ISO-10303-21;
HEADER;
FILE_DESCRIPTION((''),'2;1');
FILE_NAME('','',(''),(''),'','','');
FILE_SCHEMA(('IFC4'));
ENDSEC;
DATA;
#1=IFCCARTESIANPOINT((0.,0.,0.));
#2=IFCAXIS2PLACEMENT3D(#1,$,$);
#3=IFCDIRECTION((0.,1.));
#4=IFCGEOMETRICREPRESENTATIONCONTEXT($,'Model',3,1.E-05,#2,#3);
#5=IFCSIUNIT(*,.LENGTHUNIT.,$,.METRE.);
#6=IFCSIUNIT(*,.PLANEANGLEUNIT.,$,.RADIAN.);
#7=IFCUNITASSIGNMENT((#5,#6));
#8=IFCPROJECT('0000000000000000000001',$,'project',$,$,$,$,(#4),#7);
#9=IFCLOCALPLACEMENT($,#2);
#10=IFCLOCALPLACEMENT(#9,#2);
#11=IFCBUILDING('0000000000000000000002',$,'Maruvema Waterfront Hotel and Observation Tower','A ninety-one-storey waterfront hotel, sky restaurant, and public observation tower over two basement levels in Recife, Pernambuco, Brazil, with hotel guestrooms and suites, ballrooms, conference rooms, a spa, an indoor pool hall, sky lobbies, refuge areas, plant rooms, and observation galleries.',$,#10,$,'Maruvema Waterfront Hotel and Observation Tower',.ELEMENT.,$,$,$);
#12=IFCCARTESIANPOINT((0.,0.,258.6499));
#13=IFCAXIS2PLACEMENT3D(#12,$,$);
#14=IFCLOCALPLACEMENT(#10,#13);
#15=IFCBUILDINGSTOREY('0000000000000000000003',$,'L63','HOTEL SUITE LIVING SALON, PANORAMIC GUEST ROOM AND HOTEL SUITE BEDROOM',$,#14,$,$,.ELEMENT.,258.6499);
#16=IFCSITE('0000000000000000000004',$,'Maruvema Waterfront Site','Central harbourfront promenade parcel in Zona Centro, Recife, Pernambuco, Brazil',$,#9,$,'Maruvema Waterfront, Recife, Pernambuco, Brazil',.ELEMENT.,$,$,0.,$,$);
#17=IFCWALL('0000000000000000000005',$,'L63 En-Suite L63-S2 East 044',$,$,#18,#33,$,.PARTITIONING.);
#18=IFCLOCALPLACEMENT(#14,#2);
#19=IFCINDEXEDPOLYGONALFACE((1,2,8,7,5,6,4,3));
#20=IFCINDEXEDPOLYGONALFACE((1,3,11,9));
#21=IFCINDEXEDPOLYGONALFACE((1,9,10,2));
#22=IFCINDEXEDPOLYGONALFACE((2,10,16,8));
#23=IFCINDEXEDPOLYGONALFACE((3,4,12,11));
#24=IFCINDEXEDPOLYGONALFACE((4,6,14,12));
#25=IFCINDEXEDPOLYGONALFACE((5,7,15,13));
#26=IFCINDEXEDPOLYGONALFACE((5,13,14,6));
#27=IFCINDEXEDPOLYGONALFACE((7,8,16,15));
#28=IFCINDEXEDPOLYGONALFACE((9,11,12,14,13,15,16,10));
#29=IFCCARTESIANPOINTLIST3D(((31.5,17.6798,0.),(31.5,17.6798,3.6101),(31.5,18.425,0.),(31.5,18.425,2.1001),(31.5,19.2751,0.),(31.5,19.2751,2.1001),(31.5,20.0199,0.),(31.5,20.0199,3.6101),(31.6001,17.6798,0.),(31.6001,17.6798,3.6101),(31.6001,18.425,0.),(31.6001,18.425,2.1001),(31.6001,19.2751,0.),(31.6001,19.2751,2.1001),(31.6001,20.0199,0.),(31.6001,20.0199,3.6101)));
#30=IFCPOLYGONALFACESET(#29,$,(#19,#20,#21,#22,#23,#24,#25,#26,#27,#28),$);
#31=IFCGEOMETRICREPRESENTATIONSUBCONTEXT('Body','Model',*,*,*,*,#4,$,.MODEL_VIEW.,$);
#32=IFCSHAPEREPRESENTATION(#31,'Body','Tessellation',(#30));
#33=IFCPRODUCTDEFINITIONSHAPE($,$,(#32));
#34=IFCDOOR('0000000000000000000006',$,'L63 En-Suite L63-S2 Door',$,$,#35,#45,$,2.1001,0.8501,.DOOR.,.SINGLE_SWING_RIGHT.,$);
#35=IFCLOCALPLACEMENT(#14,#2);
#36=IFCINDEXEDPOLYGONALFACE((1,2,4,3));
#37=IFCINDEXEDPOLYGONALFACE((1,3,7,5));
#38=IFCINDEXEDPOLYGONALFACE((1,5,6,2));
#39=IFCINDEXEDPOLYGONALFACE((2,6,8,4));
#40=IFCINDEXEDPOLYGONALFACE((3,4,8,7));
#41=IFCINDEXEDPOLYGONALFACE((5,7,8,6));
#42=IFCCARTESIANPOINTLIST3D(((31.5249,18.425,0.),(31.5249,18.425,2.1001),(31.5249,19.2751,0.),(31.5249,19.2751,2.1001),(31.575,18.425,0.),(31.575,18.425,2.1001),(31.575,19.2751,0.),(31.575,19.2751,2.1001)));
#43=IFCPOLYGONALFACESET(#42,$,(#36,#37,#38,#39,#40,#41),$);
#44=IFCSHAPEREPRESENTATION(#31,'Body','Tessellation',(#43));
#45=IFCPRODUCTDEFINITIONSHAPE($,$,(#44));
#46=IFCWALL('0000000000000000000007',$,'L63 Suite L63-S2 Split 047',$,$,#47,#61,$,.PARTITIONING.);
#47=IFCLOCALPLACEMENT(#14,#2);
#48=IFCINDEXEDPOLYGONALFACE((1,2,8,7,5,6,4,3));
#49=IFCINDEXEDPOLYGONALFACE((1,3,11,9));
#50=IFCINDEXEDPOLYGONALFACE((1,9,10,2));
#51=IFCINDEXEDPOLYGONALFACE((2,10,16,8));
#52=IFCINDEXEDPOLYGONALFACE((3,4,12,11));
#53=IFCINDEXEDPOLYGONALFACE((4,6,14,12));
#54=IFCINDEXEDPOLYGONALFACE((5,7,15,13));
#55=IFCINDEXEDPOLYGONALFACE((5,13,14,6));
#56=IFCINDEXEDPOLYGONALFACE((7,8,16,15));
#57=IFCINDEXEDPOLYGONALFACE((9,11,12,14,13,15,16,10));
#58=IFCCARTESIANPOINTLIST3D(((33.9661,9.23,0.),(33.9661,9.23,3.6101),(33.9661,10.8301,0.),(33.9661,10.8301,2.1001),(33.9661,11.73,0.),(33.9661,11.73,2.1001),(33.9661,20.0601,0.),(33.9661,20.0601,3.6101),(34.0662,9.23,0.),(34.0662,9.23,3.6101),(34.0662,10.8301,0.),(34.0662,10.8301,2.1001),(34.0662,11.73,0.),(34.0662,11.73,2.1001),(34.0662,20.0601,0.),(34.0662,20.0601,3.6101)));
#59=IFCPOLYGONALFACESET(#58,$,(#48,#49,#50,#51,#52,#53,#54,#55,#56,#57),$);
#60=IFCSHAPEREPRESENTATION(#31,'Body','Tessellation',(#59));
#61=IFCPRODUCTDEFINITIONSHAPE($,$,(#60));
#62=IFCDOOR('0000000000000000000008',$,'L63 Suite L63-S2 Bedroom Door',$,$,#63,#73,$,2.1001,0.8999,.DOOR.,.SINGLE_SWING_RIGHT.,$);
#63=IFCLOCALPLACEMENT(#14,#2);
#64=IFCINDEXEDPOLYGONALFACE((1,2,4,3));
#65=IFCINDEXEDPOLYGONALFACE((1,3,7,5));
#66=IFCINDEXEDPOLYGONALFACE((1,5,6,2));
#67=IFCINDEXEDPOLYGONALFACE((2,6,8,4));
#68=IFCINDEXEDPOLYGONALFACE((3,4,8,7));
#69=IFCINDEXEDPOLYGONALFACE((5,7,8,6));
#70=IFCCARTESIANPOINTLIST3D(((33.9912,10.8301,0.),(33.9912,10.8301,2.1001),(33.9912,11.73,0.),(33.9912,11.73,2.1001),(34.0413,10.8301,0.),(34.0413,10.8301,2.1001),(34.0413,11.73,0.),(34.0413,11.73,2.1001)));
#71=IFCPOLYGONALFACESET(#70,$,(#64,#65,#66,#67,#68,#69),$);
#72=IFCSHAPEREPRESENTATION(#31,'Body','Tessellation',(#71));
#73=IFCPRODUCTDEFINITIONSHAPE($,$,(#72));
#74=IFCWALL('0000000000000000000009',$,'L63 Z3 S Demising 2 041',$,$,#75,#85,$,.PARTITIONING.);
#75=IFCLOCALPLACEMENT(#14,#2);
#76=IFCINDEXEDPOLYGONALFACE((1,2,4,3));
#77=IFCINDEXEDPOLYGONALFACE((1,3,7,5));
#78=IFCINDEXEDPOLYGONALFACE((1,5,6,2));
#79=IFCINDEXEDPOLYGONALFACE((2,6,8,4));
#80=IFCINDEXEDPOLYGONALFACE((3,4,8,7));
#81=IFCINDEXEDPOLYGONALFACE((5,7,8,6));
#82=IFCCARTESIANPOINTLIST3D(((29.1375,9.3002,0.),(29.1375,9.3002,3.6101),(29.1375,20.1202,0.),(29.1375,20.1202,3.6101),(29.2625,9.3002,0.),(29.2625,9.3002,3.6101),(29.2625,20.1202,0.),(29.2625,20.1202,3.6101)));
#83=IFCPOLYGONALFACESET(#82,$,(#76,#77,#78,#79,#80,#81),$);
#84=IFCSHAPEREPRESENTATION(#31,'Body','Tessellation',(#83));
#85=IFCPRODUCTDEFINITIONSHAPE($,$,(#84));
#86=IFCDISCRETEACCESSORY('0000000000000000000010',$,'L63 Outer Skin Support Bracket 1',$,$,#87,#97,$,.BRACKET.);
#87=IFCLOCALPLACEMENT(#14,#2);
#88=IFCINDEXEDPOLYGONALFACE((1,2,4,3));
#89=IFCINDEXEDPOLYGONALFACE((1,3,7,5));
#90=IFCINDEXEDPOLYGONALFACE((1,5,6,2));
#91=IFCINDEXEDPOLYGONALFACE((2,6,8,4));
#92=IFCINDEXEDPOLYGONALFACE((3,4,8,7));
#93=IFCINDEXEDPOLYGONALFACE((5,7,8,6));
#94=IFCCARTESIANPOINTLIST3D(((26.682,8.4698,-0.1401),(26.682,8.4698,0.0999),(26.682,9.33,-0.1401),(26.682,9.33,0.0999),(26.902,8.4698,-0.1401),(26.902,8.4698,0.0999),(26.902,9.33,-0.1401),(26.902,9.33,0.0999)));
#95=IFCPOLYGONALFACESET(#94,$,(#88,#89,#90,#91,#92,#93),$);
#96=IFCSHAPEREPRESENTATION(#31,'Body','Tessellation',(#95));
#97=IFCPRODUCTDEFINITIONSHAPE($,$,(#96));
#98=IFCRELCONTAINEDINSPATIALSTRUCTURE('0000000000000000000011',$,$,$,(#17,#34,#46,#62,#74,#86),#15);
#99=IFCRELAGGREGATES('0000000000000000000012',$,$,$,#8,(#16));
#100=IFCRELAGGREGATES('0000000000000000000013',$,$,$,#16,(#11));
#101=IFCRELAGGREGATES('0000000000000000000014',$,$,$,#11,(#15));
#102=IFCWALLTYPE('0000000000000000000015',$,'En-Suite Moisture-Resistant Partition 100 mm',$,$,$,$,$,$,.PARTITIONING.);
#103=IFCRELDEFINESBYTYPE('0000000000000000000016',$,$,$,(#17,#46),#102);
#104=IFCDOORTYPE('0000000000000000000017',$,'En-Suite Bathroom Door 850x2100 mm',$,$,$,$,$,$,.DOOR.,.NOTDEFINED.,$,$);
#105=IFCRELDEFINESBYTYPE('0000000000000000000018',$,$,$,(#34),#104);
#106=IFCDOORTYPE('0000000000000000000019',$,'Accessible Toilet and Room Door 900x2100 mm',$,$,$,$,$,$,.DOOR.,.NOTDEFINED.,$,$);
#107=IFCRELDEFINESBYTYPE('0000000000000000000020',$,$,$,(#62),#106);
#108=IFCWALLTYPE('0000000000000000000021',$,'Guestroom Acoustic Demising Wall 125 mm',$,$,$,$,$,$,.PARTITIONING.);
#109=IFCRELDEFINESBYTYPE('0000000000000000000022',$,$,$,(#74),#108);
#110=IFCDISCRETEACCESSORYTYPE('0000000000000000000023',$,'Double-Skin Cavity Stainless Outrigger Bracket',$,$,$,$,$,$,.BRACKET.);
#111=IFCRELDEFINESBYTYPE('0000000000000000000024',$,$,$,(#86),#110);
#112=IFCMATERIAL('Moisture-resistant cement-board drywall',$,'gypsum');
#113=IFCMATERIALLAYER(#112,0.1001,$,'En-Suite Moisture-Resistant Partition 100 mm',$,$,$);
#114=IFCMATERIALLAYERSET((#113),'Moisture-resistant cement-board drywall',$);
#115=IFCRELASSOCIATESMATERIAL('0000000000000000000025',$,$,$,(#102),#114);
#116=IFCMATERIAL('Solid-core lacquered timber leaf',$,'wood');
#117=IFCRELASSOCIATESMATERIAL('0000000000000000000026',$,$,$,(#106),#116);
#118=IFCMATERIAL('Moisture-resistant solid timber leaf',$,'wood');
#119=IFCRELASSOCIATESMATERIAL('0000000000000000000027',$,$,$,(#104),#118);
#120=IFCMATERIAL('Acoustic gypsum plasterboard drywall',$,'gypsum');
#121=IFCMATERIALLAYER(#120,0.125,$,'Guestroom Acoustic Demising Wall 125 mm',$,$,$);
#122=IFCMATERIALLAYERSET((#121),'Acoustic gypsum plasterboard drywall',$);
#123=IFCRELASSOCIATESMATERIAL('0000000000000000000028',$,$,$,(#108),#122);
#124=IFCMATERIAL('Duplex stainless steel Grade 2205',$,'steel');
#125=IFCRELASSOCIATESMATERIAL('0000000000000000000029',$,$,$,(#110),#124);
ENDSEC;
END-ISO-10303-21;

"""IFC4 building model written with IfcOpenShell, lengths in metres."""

from ifc_helpers import new_model, si_unit, direction, frame, frame_2d, origin, origin_2d, place, context, subcontext, project, spatial, rectangle, extrude, material, layer, layer_set, type_object, element, fill, save


model = new_model("IFC4")

# Units and contexts
model_context = context("Model", 3, precision=1e-05, world=origin(), true_north=direction((0.0, 1.0)))
body_context = subcontext(model_context, "Body", "Model", "MODEL_VIEW")
ifc_project = project(units=[si_unit("LENGTHUNIT", "METRE"), si_unit("PLANEANGLEUNIT", "RADIAN")], contexts=[model_context])

# Site, building, storey
site_placement = place(None, origin())
site = spatial("IfcSite", under=ifc_project, at=site_placement, Name="Maruvema Waterfront Site", Description="Central harbourfront promenade parcel in Zona Centro, Recife, Pernambuco, Brazil", LongName="Maruvema Waterfront, Recife, Pernambuco, Brazil", CompositionType="ELEMENT", RefElevation=0.0)
building_placement = place(site_placement, origin())
building = spatial("IfcBuilding", under=site, at=building_placement, Name="Maruvema Waterfront Hotel and Observation Tower", Description="A ninety-one-storey waterfront hotel, sky restaurant, and public observation tower over two basement levels in Recife, Pernambuco, Brazil, with hotel guestrooms and suites, ballrooms, conference rooms, a spa, an indoor pool hall, sky lobbies, refuge areas, plant rooms, and observation galleries.", LongName="Maruvema Waterfront Hotel and Observation Tower", CompositionType="ELEMENT")
storey_placement = place(building_placement, frame((0.0, 0.0, 258.6499)))
storey = spatial("IfcBuildingStorey", under=building, at=storey_placement, Name="L63", Description="HOTEL SUITE LIVING SALON, PANORAMIC GUEST ROOM AND HOTEL SUITE BEDROOM", CompositionType="ELEMENT", Elevation=258.6499)

# Shared definitions
ifc_material_1 = material(Name="Moisture-resistant cement-board drywall", Category="gypsum")
ifc_layer_1 = layer(ifc_material_1, 0.1001, Name="En-Suite Moisture-Resistant Partition 100 mm")
ifc_layer_set_1 = layer_set([ifc_layer_1], Name="Moisture-resistant cement-board drywall")
wall_type_1 = type_object("IfcWallType", Name="En-Suite Moisture-Resistant Partition 100 mm", PredefinedType="PARTITIONING", material=ifc_layer_set_1)
ifc_material_2 = material(Name="Solid-core lacquered timber leaf", Category="wood")
door_type_1 = type_object("IfcDoorType", Name="Accessible Toilet and Room Door 900x2100 mm", OperationType="NOTDEFINED", PredefinedType="DOOR", material=ifc_material_2)

# Walls, openings, doors
wall_1_placement = place(storey_placement, frame((31.55, 17.6799, 0.0), z_axis=(0.0, 0.0, 1.0), x_axis=(0.0, 1.0, 0.0)))
wall_1 = element("IfcWall", 1, at=wall_1_placement, inside=storey, type_object=wall_type_1, Name="L63 En-Suite L63-S2 East 044", PredefinedType="PARTITIONING", context=body_context, shape_type="SweptSolid", body=[
    extrude(rectangle(XDim=2.3401, YDim=0.1001, at=frame_2d((1.1699, 0.0))), origin(), (0.0, 0.0, 1.0), 3.6101),
])
opening_1_placement = place(wall_1_placement, frame((0.7451, 0.0, 0.0)))
opening_1 = element("IfcOpeningElement", 2, at=opening_1_placement, cuts=wall_1, PredefinedType="OPENING", context=body_context, shape_type="SweptSolid", body=[
    extrude(rectangle(XDim=0.8501, YDim=2.1001, at=frame_2d((0.425, 1.05))), frame((0.0, 0.0601, 0.0), z_axis=(0.0, -1.0, 0.0), x_axis=(1.0, 0.0, 0.0)), (0.0, 0.0, 1.0), 0.1201),
])
ifc_material_3 = material(Name="Moisture-resistant solid timber leaf", Category="wood")
door_type_2 = type_object("IfcDoorType", Name="En-Suite Bathroom Door 850x2100 mm", OperationType="NOTDEFINED", PredefinedType="DOOR", material=ifc_material_3)
door_1_placement = place(opening_1_placement, frame((0.8501, 0.0, 0.0), z_axis=(0.0, 0.0, 1.0), x_axis=(-1.0, 0.0, 0.0)))
door_1 = element("IfcDoor", 3, at=door_1_placement, inside=storey, type_object=door_type_2, Name="L63 En-Suite L63-S2 Door", OperationType="SINGLE_SWING_RIGHT", OverallHeight=2.1001, OverallWidth=0.8501, PredefinedType="DOOR", context=body_context, shape_type="SweptSolid", body=[
    extrude(rectangle(XDim=0.8501, YDim=2.1001, at=frame_2d((0.425, 1.05))), frame((0.0, 0.0249, 0.0), z_axis=(0.0, -1.0, 0.0), x_axis=(1.0, 0.0, 0.0)), (0.0, 0.0, 1.0), 0.05),
])
fill(opening_1, door_1)
wall_2_placement = place(storey_placement, frame((34.0161, 9.23, 0.0), z_axis=(0.0, 0.0, 1.0), x_axis=(0.0, 1.0, 0.0)))
wall_2 = element("IfcWall", 4, at=wall_2_placement, inside=storey, type_object=wall_type_1, Name="L63 Suite L63-S2 Split 047", PredefinedType="PARTITIONING", context=body_context, shape_type="SweptSolid", body=[
    extrude(rectangle(XDim=10.8301, YDim=0.1001, at=frame_2d((5.415, 0.0))), origin(), (0.0, 0.0, 1.0), 3.6101),
])
opening_2_placement = place(wall_2_placement, frame((1.6001, 0.0, 0.0)))
opening_2 = element("IfcOpeningElement", 5, at=opening_2_placement, cuts=wall_2, PredefinedType="OPENING", context=body_context, shape_type="SweptSolid", body=[
    extrude(rectangle(XDim=0.8999, YDim=2.1001, at=frame_2d((0.45, 1.05))), frame((0.0, 0.0601, 0.0), z_axis=(0.0, -1.0, 0.0), x_axis=(1.0, 0.0, 0.0)), (0.0, 0.0, 1.0), 0.1201),
])
door_2_placement = place(opening_2_placement, origin())
door_2 = element("IfcDoor", 6, at=door_2_placement, inside=storey, type_object=door_type_1, Name="L63 Suite L63-S2 Bedroom Door", OperationType="SINGLE_SWING_RIGHT", OverallHeight=2.1001, OverallWidth=0.8999, PredefinedType="DOOR", context=body_context, shape_type="SweptSolid", body=[
    extrude(rectangle(XDim=0.8999, YDim=2.1001, at=frame_2d((0.45, 1.05))), frame((0.0, 0.0249, 0.0), z_axis=(0.0, -1.0, 0.0), x_axis=(1.0, 0.0, 0.0)), (0.0, 0.0, 1.0), 0.05),
])
fill(opening_2, door_2)

# Wall
ifc_material_4 = material(Name="Acoustic gypsum plasterboard drywall", Category="gypsum")
ifc_layer_2 = layer(ifc_material_4, 0.125, Name="Guestroom Acoustic Demising Wall 125 mm")
ifc_layer_set_2 = layer_set([ifc_layer_2], Name="Acoustic gypsum plasterboard drywall")
wall_type_2 = type_object("IfcWallType", Name="Guestroom Acoustic Demising Wall 125 mm", PredefinedType="PARTITIONING", material=ifc_layer_set_2)
wall_3_placement = place(storey_placement, frame((29.2, 9.3, 0.0), z_axis=(0.0, 0.0, 1.0), x_axis=(0.0, 1.0, 0.0)))
element("IfcWall", 7, at=wall_3_placement, inside=storey, type_object=wall_type_2, Name="L63 Z3 S Demising 2 041", PredefinedType="PARTITIONING", context=body_context, shape_type="SweptSolid", body=[
    extrude(rectangle(XDim=10.8201, YDim=0.125, at=frame_2d((5.4102, 0.0))), origin(), (0.0, 0.0, 1.0), 3.6101),
])

# Discrete accessory
ifc_material_5 = material(Name="Duplex stainless steel Grade 2205", Category="steel")
discrete_accessory_type = type_object("IfcDiscreteAccessoryType", Name="Double-Skin Cavity Stainless Outrigger Bracket", PredefinedType="BRACKET", material=ifc_material_5)
discrete_accessory_placement = place(storey_placement, frame((26.792, 8.8999, -0.1401), z_axis=(0.0, 0.0, 1.0), x_axis=(1.0, 0.0, 0.0)))
element("IfcDiscreteAccessory", 8, at=discrete_accessory_placement, inside=storey, type_object=discrete_accessory_type, Name="L63 Outer Skin Support Bracket 1", PredefinedType="BRACKET", context=body_context, shape_type="SweptSolid", body=[
    extrude(rectangle(XDim=0.22, YDim=0.8601, at=origin_2d()), origin(), (0.0, 0.0, 1.0), 0.24),
])

save(model, "model.ifc")
